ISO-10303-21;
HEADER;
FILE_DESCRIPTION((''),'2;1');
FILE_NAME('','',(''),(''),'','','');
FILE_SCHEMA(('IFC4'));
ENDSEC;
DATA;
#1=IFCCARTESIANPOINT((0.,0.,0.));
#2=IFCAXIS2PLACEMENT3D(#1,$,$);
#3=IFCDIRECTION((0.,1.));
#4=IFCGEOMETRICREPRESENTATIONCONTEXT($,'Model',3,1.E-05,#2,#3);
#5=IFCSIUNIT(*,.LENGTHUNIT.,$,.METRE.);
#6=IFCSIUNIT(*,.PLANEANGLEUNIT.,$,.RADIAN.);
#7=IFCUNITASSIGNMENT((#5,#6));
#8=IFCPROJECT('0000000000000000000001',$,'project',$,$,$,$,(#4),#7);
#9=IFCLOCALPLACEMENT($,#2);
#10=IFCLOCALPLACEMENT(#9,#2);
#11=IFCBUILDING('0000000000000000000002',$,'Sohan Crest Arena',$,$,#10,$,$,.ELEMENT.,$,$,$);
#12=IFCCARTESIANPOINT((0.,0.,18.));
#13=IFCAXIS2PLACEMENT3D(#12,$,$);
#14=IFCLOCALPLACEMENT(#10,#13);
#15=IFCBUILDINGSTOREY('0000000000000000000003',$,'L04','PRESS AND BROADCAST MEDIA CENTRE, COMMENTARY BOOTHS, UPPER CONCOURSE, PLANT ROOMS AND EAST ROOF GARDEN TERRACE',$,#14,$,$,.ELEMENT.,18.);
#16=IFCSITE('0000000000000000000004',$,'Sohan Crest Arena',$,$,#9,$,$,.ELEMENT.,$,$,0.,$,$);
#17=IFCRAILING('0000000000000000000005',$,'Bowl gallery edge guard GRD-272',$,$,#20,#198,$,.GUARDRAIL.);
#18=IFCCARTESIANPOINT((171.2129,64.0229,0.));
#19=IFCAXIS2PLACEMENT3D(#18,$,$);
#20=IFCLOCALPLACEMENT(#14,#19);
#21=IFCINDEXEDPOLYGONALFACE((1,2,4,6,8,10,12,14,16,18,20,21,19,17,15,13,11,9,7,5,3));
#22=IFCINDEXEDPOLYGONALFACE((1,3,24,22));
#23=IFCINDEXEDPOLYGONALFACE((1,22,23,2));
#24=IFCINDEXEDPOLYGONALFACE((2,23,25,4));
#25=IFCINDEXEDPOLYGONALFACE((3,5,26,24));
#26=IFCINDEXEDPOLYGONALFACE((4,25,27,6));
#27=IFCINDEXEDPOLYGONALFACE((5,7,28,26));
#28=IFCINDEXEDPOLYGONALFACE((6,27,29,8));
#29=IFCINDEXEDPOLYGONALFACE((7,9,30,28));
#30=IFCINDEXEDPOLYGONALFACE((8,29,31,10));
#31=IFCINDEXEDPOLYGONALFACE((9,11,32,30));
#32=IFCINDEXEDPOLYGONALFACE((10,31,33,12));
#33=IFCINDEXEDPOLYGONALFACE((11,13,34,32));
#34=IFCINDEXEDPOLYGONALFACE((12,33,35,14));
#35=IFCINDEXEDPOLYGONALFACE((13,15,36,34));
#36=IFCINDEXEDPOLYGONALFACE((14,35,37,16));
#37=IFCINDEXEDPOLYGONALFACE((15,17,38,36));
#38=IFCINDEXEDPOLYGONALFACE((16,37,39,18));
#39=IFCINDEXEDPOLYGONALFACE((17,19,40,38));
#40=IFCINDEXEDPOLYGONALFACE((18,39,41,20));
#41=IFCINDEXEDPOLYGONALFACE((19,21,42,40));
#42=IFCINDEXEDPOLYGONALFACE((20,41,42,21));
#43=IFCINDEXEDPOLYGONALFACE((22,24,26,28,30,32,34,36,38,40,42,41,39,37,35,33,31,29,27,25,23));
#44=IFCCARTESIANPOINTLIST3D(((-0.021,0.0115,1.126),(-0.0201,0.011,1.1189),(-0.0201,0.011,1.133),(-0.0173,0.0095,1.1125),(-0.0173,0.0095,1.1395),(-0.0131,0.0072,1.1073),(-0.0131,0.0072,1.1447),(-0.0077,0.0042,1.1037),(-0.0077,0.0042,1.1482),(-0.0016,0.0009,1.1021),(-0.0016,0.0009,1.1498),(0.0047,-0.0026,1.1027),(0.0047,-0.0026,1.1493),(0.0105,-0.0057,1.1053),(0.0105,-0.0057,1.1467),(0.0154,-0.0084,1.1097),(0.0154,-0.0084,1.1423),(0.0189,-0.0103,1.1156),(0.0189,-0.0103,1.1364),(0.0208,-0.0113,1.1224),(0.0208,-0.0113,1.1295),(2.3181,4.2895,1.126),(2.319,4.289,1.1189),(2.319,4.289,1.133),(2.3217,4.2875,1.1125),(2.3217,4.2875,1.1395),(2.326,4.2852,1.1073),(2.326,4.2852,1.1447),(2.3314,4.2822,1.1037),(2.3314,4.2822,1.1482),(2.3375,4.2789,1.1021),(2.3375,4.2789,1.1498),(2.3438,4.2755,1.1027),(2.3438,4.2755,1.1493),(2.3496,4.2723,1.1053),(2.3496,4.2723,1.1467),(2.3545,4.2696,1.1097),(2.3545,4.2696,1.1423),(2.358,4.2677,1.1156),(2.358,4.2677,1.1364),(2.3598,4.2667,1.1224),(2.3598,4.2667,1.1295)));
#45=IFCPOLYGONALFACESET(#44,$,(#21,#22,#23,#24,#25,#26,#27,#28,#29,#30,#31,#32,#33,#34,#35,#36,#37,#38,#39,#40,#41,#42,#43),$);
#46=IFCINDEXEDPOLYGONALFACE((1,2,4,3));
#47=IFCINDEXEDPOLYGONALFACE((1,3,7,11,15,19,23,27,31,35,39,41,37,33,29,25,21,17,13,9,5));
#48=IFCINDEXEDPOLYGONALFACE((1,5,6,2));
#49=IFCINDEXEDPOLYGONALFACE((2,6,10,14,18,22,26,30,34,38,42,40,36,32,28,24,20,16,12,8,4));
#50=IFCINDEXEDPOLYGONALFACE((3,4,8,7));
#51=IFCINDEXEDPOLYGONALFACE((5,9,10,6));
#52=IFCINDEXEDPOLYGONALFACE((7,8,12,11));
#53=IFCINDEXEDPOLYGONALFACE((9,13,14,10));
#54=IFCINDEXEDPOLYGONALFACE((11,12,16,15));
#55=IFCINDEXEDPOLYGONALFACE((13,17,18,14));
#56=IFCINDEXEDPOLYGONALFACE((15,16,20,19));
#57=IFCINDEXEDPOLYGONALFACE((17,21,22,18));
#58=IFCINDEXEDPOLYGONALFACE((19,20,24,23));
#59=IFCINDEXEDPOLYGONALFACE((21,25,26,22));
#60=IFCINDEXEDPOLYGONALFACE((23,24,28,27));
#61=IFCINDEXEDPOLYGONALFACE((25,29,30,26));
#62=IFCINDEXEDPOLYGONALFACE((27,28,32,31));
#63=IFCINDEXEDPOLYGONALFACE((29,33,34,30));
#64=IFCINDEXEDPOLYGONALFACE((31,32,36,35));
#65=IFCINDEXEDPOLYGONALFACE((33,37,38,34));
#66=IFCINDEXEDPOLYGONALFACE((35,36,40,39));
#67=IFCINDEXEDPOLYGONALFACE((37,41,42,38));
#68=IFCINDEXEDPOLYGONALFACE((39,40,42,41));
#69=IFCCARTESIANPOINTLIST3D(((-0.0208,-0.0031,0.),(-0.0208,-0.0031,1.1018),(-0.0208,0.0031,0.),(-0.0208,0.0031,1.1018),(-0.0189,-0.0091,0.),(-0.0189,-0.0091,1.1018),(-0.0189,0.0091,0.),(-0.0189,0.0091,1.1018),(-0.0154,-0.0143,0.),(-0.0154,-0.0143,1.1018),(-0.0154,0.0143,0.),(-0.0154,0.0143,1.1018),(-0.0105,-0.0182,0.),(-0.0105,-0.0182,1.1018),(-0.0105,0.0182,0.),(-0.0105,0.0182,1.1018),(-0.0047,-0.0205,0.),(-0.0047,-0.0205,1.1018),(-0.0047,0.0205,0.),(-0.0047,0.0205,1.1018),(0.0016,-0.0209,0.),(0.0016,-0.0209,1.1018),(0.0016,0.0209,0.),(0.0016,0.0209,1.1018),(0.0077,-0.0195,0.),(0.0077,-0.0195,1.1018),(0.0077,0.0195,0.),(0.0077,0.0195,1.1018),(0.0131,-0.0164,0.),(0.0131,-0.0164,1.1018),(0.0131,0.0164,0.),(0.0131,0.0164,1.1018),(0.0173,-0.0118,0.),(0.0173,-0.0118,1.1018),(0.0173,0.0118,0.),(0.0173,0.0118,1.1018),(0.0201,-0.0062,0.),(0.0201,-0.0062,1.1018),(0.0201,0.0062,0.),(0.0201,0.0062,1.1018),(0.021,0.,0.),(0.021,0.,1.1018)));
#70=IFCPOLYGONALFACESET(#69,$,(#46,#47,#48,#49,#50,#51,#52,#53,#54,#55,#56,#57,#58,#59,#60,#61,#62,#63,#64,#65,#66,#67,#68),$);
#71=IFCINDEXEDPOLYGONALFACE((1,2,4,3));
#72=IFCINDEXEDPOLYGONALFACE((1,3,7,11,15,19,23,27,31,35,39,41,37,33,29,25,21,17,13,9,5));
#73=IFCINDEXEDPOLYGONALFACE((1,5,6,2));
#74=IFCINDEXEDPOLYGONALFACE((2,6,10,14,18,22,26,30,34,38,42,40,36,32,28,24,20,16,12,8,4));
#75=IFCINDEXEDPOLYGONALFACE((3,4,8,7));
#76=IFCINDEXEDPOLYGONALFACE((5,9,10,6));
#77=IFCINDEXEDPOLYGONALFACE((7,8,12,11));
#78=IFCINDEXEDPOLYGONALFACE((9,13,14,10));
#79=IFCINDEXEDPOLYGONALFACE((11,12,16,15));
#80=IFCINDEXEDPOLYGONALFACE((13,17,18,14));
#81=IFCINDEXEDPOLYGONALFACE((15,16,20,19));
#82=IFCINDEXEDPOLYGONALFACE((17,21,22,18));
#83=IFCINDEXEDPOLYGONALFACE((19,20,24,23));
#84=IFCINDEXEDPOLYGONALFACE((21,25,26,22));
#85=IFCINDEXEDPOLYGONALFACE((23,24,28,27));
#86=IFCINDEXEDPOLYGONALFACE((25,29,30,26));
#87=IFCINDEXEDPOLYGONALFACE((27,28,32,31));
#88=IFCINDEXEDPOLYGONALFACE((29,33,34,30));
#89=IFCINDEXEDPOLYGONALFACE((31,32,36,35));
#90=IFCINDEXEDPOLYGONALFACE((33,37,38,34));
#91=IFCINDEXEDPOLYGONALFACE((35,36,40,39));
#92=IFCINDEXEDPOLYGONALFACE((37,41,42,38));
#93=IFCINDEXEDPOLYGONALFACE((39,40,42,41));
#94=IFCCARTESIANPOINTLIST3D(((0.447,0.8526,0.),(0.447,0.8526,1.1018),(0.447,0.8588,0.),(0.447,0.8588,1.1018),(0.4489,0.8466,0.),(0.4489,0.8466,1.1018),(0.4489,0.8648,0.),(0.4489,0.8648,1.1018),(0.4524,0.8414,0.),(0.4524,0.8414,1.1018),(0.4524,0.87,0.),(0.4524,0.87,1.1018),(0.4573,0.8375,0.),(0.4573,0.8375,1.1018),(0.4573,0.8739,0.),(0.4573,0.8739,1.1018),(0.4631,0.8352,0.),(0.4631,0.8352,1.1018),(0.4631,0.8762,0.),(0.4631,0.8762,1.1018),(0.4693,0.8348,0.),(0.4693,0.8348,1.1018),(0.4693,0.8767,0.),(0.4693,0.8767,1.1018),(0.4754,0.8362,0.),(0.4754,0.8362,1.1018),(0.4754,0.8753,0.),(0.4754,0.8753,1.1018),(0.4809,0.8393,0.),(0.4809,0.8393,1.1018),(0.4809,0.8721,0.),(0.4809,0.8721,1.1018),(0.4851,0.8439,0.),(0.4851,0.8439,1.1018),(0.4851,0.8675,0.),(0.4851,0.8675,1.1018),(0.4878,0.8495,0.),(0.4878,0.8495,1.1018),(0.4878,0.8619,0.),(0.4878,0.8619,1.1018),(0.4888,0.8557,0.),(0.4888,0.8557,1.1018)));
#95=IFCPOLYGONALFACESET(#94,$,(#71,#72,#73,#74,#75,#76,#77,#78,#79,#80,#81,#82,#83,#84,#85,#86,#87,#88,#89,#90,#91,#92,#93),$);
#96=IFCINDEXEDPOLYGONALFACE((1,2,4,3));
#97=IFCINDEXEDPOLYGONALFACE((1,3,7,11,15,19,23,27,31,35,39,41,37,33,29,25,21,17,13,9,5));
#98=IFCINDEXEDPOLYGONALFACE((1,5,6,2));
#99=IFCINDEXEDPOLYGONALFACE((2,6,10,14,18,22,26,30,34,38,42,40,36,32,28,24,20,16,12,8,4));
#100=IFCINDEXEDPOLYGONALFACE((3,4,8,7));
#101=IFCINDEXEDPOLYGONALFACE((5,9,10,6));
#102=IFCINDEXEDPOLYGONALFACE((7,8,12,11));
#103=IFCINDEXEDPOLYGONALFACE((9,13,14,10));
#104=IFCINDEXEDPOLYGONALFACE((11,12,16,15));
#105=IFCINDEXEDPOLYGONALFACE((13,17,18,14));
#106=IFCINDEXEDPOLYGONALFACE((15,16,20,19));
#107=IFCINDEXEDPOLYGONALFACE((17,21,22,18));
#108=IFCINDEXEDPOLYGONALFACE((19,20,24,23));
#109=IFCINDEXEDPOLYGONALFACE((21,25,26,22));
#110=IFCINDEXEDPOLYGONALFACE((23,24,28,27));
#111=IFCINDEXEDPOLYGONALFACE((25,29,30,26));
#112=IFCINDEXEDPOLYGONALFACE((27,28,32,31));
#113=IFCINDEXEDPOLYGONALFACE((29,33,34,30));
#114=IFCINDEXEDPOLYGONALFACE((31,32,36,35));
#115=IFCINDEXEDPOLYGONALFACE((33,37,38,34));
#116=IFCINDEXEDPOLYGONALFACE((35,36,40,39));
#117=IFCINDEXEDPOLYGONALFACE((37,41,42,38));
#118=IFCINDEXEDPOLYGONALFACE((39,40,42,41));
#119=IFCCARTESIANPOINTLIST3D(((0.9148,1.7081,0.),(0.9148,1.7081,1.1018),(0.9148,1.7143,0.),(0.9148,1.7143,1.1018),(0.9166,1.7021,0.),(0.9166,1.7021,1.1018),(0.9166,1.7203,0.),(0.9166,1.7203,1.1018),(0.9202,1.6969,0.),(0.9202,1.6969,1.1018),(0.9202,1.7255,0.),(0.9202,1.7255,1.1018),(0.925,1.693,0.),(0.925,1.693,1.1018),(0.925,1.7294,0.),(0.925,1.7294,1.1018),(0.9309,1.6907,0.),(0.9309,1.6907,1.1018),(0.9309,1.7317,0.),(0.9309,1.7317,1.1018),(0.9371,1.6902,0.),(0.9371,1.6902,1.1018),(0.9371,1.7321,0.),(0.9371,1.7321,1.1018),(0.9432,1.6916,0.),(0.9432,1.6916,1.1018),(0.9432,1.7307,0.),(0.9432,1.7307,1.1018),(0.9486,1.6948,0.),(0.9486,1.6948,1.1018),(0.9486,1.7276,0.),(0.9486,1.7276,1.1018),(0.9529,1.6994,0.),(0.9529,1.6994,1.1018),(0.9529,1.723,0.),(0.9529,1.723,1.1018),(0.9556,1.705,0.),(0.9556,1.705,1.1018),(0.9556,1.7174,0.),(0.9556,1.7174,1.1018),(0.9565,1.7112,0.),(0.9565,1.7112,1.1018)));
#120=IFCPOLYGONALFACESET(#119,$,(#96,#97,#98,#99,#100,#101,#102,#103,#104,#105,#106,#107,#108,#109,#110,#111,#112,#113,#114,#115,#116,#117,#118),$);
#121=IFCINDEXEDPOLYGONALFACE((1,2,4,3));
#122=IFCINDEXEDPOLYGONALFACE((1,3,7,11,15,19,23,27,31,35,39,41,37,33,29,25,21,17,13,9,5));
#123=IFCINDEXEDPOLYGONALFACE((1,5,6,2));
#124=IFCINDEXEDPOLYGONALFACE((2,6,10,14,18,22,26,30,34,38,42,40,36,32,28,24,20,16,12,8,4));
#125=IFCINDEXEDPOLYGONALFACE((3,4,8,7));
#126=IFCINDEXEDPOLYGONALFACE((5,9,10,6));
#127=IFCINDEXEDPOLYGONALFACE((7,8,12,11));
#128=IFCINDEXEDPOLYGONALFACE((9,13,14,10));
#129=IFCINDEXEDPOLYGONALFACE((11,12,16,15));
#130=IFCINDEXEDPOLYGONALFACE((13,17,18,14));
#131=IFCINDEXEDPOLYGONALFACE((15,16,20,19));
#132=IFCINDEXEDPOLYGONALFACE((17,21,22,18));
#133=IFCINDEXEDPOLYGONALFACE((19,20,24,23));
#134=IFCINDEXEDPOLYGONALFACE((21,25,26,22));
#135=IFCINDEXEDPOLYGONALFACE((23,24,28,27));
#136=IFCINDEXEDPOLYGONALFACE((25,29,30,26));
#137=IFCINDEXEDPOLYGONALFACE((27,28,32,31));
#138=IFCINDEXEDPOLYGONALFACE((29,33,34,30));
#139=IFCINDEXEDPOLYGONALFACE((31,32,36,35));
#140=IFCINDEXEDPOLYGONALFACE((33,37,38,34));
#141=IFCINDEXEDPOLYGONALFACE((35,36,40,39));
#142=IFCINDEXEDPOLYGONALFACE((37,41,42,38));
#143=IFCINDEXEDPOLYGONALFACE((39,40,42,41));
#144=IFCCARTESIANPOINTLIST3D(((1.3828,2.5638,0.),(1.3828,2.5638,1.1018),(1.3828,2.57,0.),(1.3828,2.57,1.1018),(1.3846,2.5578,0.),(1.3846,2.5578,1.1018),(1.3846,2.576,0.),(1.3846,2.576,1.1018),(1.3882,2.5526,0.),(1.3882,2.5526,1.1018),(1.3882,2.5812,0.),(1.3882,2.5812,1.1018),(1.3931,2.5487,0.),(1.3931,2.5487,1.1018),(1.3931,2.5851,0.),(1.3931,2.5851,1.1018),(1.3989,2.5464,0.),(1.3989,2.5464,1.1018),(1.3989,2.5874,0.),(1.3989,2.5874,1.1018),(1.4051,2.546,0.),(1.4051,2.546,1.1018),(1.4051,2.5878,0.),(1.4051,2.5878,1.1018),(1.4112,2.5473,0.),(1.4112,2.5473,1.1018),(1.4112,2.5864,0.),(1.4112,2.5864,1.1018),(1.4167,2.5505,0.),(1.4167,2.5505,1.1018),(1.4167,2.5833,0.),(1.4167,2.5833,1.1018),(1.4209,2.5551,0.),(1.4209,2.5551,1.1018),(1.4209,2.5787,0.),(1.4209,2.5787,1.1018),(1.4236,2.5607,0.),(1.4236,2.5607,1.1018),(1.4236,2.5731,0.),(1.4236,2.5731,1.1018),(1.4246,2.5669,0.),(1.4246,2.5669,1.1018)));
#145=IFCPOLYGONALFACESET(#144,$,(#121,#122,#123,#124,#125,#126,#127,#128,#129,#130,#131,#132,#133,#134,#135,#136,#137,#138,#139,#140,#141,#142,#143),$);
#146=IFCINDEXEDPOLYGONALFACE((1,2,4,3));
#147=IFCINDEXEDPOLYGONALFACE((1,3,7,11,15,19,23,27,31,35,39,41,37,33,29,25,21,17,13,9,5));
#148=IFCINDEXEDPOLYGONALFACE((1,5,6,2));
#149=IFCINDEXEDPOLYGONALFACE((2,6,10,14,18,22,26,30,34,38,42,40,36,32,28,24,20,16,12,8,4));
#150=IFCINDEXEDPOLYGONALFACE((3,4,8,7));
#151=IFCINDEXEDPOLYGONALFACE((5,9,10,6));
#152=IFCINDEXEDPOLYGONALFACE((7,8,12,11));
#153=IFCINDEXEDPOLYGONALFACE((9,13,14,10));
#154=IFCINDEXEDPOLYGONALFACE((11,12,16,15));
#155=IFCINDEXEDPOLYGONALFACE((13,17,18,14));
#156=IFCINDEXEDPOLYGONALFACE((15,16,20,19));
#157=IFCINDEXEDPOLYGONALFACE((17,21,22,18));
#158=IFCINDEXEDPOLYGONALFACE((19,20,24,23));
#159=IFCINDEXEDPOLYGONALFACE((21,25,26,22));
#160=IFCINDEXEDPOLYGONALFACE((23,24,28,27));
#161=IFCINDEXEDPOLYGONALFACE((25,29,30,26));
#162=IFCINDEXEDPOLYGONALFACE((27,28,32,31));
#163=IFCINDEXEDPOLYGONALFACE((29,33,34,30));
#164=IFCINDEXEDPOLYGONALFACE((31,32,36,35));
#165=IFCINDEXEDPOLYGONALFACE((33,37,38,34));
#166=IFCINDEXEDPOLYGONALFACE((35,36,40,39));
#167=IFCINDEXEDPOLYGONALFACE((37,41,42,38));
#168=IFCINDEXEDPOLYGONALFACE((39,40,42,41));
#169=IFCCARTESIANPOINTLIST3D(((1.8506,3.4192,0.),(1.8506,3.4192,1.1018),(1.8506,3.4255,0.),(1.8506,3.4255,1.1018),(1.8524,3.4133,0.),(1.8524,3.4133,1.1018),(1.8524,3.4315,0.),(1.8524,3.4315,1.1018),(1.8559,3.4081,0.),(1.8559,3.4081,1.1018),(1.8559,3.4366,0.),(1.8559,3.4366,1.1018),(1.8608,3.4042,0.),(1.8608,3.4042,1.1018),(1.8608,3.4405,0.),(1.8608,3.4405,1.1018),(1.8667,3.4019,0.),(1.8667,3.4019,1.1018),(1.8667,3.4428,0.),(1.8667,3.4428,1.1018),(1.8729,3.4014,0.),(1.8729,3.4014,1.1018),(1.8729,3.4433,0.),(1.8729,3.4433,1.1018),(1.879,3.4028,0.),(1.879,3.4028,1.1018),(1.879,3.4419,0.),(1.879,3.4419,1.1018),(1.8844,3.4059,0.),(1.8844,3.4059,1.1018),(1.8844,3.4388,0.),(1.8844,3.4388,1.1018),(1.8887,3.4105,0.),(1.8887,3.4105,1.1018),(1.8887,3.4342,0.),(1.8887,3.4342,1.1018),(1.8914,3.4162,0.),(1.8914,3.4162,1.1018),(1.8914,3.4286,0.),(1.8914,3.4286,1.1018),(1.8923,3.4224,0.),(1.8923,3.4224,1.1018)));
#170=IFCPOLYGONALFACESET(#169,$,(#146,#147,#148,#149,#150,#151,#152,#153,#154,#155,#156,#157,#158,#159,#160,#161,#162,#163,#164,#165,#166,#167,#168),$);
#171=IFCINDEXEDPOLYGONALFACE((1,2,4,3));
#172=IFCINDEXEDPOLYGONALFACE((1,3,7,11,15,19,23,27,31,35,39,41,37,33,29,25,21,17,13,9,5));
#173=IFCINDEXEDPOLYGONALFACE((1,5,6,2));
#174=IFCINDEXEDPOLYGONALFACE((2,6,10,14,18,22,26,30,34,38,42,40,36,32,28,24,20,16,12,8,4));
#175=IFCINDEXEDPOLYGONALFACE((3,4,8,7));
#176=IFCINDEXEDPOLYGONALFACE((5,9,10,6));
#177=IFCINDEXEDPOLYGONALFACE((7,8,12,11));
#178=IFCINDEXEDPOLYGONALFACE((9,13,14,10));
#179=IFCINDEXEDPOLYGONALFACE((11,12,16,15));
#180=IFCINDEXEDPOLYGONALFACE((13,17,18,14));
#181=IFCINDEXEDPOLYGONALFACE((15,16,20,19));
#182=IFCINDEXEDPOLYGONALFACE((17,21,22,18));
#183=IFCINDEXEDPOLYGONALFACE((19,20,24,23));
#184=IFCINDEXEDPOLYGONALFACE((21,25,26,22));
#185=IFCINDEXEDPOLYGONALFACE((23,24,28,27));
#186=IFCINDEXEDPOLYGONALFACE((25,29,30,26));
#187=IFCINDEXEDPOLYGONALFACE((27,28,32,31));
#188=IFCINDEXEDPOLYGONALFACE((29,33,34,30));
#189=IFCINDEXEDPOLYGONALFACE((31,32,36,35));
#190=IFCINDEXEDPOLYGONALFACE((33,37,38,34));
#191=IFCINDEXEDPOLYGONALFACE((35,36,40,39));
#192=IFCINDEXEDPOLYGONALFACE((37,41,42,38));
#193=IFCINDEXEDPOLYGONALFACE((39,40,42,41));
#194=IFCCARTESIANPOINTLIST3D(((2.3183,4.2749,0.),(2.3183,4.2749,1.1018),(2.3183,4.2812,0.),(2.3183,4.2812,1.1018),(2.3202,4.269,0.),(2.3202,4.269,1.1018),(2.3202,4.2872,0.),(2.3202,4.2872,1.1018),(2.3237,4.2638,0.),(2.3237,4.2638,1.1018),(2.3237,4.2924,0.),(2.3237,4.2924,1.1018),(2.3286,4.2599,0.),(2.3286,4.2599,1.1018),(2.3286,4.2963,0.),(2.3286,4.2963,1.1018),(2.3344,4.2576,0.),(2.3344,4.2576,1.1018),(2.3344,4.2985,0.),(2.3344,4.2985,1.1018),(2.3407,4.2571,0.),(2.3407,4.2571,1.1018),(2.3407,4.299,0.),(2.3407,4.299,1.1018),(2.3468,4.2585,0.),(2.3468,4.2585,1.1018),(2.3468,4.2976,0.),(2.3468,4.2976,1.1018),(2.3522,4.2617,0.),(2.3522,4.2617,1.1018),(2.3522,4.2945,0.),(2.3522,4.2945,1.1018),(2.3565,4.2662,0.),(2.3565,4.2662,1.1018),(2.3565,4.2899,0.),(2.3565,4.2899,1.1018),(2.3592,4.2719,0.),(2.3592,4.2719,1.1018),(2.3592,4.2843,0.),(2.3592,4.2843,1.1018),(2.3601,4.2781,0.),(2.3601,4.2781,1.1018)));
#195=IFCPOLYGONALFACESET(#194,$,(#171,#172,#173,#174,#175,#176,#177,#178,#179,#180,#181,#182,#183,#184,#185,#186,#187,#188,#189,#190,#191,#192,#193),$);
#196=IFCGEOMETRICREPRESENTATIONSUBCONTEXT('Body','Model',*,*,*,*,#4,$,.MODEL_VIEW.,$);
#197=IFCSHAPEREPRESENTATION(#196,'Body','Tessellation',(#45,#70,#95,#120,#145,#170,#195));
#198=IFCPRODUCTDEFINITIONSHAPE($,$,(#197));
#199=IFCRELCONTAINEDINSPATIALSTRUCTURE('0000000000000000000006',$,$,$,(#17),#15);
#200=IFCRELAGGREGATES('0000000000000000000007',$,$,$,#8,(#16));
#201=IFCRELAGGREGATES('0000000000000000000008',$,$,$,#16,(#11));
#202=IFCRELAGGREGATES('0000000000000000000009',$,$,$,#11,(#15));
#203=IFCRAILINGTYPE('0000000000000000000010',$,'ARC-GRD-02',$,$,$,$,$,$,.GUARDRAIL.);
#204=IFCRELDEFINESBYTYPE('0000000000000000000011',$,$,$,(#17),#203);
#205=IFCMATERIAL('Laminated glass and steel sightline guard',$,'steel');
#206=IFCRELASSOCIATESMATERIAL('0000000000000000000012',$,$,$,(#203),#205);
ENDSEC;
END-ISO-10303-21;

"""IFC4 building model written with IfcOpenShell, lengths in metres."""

from ifc_helpers import new_model, si_unit, direction, frame, origin, origin_2d, place, context, subcontext, project, spatial, circle, extrude, material, type_object, element, save


model = new_model("IFC4")

# Units and contexts
model_context = context("Model", 3, precision=1e-05, world=origin(), true_north=direction((0.0, 1.0)))
body_context = subcontext(model_context, "Body", "Model", "MODEL_VIEW")
ifc_project = project(units=[si_unit("LENGTHUNIT", "METRE"), si_unit("PLANEANGLEUNIT", "RADIAN")], contexts=[model_context])

# Site, building, storey
site_placement = place(None, origin())
site = spatial("IfcSite", under=ifc_project, at=site_placement, Name="Sohan Crest Arena", CompositionType="ELEMENT", RefElevation=0.0)
building_placement = place(site_placement, origin())
building = spatial("IfcBuilding", under=site, at=building_placement, Name="Sohan Crest Arena", CompositionType="ELEMENT")
storey_placement = place(building_placement, frame((0.0, 0.0, 18.0)))
storey = spatial("IfcBuildingStorey", under=building, at=storey_placement, Name="L04", Description="PRESS AND BROADCAST MEDIA CENTRE, COMMENTARY BOOTHS, UPPER CONCOURSE, PLANT ROOMS AND EAST ROOF GARDEN TERRACE", CompositionType="ELEMENT", Elevation=18.0)

# Railing
ifc_material_1 = material(Name="Laminated glass and steel sightline guard", Category="steel")
railing_type = type_object("IfcRailingType", Name="ARC-GRD-02", PredefinedType="GUARDRAIL", material=ifc_material_1)
railing_1_placement = place(storey_placement, frame((171.2129, 64.0229, 0.0)))
element("IfcRailing", 1, at=railing_1_placement, inside=storey, type_object=railing_type, Name="Bowl gallery edge guard GRD-272", PredefinedType="GUARDRAIL", context=body_context, shape_type="SweptSolid", body=[
    extrude(circle(Radius=0.0239, at=origin_2d()), frame((0.0, 0.0, 1.126), z_axis=(0.479739, 0.877411, 0.0), x_axis=(-0.877411, 0.479739, 0.0)), (0.0, 0.0, 1.0), 4.8757),
    extrude(circle(Radius=0.021, at=origin_2d()), origin(), (0.0, 0.0, 1.0), 1.1018),
    extrude(circle(Radius=0.021, at=origin_2d()), frame((0.4678, 0.8557, 0.0)), (0.0, 0.0, 1.0), 1.1018),
    extrude(circle(Radius=0.021, at=origin_2d()), frame((0.9355, 1.7112, 0.0)), (0.0, 0.0, 1.0), 1.1018),
    extrude(circle(Radius=0.021, at=origin_2d()), frame((1.4036, 2.5669, 0.0)), (0.0, 0.0, 1.0), 1.1018),
    extrude(circle(Radius=0.021, at=origin_2d()), frame((1.8713, 3.4224, 0.0)), (0.0, 0.0, 1.0), 1.1018),
    extrude(circle(Radius=0.021, at=origin_2d()), frame((2.3391, 4.2781, 0.0)), (0.0, 0.0, 1.0), 1.1018),
])

save(model, "model.ifc")
